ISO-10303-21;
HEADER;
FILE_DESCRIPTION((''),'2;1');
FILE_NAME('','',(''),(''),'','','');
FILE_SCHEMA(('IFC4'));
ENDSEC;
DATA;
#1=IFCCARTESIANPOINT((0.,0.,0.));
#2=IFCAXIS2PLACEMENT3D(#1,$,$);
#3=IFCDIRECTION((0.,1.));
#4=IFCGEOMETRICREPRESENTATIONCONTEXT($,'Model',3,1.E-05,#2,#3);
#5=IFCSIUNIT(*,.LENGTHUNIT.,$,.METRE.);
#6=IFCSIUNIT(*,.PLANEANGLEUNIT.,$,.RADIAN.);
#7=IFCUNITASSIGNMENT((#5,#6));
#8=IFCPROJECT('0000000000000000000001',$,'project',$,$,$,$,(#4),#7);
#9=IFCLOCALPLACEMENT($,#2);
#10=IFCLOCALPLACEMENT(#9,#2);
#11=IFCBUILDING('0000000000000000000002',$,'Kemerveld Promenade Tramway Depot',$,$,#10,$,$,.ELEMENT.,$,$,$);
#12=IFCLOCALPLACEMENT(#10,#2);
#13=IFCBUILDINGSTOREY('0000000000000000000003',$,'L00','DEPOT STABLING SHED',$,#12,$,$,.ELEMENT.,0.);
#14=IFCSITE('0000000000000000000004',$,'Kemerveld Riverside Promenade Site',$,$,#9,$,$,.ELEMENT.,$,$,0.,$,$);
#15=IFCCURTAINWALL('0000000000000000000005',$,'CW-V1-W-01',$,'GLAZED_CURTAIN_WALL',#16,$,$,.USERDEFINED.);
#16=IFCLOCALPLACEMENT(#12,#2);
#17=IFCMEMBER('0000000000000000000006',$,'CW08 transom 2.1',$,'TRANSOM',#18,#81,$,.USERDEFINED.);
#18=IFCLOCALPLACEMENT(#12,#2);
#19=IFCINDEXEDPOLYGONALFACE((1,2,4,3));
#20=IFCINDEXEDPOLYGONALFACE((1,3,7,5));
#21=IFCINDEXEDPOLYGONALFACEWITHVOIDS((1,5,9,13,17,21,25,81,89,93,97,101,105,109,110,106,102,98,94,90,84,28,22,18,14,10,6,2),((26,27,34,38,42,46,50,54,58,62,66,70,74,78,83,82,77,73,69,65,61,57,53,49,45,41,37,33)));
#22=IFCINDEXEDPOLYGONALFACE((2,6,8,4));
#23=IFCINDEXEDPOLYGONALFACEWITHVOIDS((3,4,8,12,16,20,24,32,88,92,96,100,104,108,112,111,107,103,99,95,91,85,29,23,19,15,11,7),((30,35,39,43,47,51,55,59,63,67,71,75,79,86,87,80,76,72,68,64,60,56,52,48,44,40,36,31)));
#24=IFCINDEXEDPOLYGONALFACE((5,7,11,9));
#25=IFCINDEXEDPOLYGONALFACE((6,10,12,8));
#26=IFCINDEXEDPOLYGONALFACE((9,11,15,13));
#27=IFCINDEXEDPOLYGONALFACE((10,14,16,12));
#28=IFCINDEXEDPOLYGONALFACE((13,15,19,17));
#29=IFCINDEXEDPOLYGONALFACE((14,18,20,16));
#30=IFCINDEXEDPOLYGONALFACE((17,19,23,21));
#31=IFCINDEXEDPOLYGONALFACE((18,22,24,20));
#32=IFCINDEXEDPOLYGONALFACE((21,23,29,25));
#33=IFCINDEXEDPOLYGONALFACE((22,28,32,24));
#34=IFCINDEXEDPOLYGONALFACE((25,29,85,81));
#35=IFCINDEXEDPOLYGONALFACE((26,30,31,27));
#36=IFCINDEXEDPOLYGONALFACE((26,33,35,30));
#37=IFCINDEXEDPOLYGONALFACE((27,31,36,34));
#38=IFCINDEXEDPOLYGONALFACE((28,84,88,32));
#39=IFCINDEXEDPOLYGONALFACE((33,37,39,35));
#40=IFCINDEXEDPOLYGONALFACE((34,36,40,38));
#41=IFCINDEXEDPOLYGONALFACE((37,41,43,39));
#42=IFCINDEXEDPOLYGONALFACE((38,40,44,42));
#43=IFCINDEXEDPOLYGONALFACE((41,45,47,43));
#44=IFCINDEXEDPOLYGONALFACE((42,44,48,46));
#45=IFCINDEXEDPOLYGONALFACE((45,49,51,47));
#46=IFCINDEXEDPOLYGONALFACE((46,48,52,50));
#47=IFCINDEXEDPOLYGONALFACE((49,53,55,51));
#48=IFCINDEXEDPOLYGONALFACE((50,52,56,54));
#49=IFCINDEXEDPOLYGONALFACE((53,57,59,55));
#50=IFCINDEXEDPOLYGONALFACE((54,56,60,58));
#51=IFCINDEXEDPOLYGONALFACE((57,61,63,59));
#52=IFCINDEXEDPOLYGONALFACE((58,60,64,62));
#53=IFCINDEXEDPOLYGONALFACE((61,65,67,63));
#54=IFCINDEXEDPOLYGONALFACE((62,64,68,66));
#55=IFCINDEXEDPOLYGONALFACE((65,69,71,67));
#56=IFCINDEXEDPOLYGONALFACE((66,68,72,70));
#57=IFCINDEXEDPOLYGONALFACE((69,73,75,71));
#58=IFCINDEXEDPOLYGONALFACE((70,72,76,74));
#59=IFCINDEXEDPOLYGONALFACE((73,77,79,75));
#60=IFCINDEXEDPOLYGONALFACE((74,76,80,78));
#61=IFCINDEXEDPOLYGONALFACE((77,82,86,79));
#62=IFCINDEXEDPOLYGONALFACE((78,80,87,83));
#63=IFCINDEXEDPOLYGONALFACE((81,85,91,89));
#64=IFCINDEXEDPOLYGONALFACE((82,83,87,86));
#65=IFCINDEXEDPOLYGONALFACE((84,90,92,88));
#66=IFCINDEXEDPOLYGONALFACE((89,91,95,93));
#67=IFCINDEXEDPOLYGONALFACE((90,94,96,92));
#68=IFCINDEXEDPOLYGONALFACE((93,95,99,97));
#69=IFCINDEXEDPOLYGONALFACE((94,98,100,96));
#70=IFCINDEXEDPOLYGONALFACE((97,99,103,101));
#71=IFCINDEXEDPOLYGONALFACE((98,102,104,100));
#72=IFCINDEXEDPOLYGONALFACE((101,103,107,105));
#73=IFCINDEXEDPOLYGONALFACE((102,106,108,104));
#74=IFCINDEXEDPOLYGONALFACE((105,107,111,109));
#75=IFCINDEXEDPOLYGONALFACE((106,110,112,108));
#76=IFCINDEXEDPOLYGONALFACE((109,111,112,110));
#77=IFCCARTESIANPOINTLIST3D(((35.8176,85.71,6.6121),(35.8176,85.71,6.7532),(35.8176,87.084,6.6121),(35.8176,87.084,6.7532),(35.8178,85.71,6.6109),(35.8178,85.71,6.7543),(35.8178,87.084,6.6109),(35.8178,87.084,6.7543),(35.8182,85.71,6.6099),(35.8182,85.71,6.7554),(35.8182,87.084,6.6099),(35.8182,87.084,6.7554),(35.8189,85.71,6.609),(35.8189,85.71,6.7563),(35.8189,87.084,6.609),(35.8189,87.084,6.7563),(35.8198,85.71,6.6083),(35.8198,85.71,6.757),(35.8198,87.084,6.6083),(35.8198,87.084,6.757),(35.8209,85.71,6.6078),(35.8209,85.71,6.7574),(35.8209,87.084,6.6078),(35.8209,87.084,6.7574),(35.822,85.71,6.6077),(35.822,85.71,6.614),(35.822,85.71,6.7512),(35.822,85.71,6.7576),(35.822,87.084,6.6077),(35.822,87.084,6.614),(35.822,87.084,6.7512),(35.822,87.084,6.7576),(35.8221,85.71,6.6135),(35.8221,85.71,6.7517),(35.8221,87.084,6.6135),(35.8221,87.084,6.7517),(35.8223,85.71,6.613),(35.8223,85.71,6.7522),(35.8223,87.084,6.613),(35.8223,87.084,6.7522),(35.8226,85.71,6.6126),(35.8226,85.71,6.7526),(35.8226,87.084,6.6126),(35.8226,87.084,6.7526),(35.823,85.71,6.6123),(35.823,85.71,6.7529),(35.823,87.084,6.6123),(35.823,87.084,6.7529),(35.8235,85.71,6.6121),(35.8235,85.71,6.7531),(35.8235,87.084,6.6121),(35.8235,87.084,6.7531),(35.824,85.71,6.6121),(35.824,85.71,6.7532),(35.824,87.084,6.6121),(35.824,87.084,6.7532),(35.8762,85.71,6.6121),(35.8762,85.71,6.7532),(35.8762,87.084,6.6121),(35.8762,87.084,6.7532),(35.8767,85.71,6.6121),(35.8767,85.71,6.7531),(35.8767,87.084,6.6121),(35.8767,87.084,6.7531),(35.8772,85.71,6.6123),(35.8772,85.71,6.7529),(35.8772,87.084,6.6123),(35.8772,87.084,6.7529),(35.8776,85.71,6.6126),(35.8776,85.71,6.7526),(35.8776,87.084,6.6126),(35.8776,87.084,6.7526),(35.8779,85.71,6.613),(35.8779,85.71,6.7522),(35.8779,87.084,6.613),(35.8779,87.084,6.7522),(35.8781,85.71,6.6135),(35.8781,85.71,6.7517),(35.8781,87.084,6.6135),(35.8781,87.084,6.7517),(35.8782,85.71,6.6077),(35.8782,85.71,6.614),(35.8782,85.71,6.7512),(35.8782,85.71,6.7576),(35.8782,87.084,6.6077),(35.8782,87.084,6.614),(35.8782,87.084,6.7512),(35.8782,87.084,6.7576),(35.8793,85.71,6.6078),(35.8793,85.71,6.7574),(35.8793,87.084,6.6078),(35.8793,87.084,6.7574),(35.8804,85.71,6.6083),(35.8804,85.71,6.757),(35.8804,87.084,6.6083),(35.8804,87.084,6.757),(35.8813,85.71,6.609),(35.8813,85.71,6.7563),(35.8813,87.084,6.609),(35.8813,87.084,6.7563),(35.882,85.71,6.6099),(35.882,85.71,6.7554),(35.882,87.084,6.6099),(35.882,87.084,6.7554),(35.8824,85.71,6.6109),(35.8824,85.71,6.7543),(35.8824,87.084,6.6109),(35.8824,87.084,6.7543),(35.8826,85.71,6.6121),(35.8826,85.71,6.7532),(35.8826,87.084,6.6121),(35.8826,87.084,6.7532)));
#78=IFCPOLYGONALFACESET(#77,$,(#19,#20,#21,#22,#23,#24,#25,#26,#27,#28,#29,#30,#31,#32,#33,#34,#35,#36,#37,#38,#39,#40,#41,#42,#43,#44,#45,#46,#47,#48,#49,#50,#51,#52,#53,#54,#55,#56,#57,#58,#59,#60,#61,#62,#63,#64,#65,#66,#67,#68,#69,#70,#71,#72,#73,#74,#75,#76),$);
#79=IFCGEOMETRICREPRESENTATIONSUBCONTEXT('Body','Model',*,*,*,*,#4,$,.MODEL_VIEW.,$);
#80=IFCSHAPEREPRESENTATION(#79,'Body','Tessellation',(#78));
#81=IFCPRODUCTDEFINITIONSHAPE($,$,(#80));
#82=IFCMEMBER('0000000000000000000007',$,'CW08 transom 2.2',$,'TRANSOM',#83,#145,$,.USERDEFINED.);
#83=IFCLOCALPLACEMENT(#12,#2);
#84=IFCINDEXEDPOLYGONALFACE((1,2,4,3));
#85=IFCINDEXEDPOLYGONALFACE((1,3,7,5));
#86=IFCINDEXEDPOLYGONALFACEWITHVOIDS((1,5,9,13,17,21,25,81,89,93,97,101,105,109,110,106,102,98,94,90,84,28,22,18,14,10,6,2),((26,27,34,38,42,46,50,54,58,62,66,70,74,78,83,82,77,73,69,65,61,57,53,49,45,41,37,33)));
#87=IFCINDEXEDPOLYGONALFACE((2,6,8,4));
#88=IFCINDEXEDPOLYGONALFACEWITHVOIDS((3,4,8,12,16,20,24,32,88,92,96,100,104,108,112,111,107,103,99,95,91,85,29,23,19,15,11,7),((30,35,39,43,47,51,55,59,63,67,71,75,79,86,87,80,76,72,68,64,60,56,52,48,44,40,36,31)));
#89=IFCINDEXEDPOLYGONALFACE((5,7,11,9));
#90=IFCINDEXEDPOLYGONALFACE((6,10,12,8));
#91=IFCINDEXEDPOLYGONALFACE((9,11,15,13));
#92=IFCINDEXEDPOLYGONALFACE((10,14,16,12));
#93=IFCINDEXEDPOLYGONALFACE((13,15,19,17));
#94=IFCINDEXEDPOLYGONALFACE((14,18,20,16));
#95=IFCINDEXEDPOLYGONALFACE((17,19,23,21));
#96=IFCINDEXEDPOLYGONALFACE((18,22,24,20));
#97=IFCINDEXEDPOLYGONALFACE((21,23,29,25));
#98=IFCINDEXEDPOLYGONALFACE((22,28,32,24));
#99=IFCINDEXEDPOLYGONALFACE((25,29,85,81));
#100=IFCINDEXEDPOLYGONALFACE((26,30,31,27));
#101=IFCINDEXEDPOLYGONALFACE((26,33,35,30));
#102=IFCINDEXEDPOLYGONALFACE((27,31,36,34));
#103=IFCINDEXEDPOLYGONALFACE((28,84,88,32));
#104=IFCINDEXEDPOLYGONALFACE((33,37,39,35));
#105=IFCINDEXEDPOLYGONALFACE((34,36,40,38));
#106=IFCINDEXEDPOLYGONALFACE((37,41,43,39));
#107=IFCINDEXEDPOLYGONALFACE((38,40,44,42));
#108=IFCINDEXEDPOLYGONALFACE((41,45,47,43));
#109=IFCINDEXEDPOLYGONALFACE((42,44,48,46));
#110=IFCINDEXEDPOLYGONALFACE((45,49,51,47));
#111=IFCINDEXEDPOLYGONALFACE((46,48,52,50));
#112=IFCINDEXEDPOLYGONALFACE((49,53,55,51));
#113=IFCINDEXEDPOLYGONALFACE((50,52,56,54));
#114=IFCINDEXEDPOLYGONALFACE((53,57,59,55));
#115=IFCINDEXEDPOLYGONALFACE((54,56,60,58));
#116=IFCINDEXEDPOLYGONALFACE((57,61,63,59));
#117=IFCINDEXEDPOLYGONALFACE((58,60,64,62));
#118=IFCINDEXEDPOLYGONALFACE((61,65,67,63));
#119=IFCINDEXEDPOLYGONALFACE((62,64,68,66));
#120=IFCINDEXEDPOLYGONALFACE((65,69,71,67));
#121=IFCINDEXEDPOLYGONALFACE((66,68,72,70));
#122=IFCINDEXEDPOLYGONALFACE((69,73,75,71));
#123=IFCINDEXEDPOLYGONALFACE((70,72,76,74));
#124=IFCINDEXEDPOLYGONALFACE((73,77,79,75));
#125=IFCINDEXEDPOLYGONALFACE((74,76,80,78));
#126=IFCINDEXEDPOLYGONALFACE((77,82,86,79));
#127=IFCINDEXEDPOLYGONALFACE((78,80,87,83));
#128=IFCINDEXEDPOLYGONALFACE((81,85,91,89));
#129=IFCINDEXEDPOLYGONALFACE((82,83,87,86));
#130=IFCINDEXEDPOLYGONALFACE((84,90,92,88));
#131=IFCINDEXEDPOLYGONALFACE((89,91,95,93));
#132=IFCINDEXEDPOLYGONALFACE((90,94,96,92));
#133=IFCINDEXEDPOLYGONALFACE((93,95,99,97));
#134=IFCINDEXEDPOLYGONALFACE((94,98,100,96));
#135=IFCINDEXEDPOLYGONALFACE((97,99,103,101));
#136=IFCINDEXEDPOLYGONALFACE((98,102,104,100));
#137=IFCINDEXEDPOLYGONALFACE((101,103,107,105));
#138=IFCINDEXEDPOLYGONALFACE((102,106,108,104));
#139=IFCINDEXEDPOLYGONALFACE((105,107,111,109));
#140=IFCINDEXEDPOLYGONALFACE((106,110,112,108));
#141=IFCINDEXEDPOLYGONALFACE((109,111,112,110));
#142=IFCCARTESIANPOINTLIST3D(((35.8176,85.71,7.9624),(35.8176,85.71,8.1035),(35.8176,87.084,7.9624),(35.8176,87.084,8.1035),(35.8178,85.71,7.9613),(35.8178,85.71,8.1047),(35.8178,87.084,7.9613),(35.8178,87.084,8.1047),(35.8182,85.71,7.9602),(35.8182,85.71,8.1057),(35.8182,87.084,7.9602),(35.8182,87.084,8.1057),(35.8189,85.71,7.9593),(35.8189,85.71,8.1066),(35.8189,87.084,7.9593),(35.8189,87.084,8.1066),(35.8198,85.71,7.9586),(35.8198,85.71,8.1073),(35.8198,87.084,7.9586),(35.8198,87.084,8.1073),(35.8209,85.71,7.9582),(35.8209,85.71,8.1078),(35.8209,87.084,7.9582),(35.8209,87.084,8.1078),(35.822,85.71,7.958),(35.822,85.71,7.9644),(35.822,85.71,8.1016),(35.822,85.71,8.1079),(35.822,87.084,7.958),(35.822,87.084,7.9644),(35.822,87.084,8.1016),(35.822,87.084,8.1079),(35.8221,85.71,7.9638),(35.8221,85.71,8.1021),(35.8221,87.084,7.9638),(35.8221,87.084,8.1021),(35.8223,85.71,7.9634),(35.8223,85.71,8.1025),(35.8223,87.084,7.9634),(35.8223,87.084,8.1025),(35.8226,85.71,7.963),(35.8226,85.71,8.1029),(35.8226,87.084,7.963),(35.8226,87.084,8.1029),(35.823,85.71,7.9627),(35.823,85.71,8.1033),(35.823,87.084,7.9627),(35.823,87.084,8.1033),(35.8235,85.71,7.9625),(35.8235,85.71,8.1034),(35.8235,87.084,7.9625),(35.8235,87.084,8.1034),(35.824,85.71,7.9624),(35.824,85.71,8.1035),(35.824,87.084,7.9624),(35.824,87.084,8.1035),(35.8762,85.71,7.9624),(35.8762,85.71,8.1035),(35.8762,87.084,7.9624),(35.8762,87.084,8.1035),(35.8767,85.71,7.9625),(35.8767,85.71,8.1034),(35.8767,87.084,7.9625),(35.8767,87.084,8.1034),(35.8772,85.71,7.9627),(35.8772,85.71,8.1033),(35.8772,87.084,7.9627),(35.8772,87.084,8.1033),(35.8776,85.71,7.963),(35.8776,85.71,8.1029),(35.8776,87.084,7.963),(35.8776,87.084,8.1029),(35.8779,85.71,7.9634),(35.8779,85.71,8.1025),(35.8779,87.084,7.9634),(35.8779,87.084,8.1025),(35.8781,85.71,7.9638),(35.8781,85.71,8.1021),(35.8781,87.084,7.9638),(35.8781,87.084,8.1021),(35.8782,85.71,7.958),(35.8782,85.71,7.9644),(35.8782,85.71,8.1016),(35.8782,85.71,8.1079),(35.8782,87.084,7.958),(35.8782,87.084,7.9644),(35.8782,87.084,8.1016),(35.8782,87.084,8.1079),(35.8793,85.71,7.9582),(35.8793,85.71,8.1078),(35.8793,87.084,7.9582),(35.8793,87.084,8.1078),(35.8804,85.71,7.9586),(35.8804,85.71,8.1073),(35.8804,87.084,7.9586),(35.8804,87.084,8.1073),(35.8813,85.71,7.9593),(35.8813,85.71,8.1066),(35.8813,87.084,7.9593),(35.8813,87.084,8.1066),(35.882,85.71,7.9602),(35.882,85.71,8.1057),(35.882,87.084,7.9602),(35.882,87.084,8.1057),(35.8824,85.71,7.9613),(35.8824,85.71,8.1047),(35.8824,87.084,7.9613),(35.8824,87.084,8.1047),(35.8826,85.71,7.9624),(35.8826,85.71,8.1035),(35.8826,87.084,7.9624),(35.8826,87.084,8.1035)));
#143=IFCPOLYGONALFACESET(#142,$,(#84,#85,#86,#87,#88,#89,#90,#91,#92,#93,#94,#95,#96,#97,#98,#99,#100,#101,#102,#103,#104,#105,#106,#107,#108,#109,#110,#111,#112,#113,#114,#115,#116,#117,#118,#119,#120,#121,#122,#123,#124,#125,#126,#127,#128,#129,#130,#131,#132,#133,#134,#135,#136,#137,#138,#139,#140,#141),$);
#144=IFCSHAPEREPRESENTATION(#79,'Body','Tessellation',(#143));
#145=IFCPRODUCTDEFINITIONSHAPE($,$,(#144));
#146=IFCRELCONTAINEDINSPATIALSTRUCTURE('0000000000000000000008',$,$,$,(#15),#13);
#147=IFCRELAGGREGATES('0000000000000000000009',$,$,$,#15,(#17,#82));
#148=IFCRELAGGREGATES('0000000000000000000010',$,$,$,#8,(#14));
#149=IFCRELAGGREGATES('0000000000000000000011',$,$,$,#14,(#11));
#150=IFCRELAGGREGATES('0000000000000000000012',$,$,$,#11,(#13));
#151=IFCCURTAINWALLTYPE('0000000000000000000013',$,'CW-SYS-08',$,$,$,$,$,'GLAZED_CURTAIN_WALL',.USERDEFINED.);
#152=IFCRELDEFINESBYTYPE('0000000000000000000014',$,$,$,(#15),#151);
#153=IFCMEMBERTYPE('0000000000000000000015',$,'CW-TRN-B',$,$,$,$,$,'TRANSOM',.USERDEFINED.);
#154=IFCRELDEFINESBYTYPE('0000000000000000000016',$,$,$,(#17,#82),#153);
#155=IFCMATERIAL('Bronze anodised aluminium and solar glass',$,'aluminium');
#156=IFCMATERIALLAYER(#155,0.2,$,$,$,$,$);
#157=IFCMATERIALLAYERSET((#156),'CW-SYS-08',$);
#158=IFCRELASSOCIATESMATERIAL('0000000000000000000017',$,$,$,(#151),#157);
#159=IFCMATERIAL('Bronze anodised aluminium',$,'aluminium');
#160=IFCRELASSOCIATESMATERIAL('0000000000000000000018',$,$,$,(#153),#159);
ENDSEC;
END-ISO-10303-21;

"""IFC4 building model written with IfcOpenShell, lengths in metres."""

from ifc_helpers import new_model, si_unit, direction, frame, origin, origin_2d, place, context, subcontext, project, spatial, hollow_rectangle, extrude, material, layer, layer_set, material_profile, profile_set, type_object, element, aggregate, save


model = new_model("IFC4")

# Units and contexts
model_context = context("Model", 3, precision=1e-05, world=origin(), true_north=direction((0.0, 1.0)))
body_context = subcontext(model_context, "Body", "Model", "MODEL_VIEW")
ifc_project = project(units=[si_unit("LENGTHUNIT", "METRE"), si_unit("PLANEANGLEUNIT", "RADIAN")], contexts=[model_context])

# Site, building, storey
site_placement = place(None, origin())
site = spatial("IfcSite", under=ifc_project, at=site_placement, Name="Kemerveld Riverside Promenade Site", CompositionType="ELEMENT", RefElevation=0.0)
building_placement = place(site_placement, origin())
building = spatial("IfcBuilding", under=site, at=building_placement, Name="Kemerveld Promenade Tramway Depot", CompositionType="ELEMENT")
storey_placement = place(building_placement, origin())
storey = spatial("IfcBuildingStorey", under=building, at=storey_placement, Name="L00", Description="DEPOT STABLING SHED", CompositionType="ELEMENT", Elevation=0.0)

# Curtain wall
ifc_material_1 = material(Name="Bronze anodised aluminium and solar glass", Category="aluminium")
ifc_material_2 = material(Name="Bronze anodised aluminium", Category="aluminium")
ifc_layer_1 = layer(ifc_material_1, 0.2)
ifc_layer_set_1 = layer_set([ifc_layer_1], Name="CW-SYS-08")
curtain_wall_type_1 = type_object("IfcCurtainWallType", Name="CW-SYS-08", ElementType="GLAZED_CURTAIN_WALL", PredefinedType="USERDEFINED", material=ifc_layer_set_1)
curtain_wall_1_placement = place(storey_placement, origin())
curtain_wall_1 = element("IfcCurtainWall", 1, at=curtain_wall_1_placement, inside=storey, type_object=curtain_wall_type_1, Name="CW-V1-W-01", ObjectType="GLAZED_CURTAIN_WALL", PredefinedType="USERDEFINED")

# Members
ifc_material_profile_1 = material_profile(ifc_material_2, hollow_rectangle(XDim=0.0649, YDim=0.1499, WallThickness=0.0044, InnerFilletRadius=0.002, OuterFilletRadius=0.0044, at=origin_2d()), Name="CW-TRN-150x65")
ifc_profile_set_1 = profile_set([ifc_material_profile_1], Name="Bronze anodised aluminium")
member_type_1 = type_object("IfcMemberType", Name="CW-TRN-B", ElementType="TRANSOM", PredefinedType="USERDEFINED", material=ifc_profile_set_1)
member_1_placement = place(storey_placement, frame((35.8501, 85.71, 6.6826), z_axis=(0.0, 1.0, 0.0), x_axis=(-1.0, 0.0, 0.0)))
member_1 = element("IfcMember", 2, at=member_1_placement, type_object=member_type_1, Name="CW08 transom 2.1", ObjectType="TRANSOM", PredefinedType="USERDEFINED", context=body_context, shape_type="SweptSolid", body=[
    extrude(hollow_rectangle(XDim=0.0649, YDim=0.1499, WallThickness=0.0044, InnerFilletRadius=0.002, OuterFilletRadius=0.0044, at=origin_2d()), origin(), (0.0, 0.0, 1.0), 1.374),
])
member_2_placement = place(storey_placement, frame((35.8501, 85.71, 8.033), z_axis=(0.0, 1.0, 0.0), x_axis=(-1.0, 0.0, 0.0)))
member_2 = element("IfcMember", 3, at=member_2_placement, type_object=member_type_1, Name="CW08 transom 2.2", ObjectType="TRANSOM", PredefinedType="USERDEFINED", context=body_context, shape_type="SweptSolid", body=[
    extrude(hollow_rectangle(XDim=0.0649, YDim=0.1499, WallThickness=0.0044, InnerFilletRadius=0.002, OuterFilletRadius=0.0044, at=origin_2d()), origin(), (0.0, 0.0, 1.0), 1.374),
])

aggregate(curtain_wall_1, [member_1, member_2])

save(model, "model.ifc")
